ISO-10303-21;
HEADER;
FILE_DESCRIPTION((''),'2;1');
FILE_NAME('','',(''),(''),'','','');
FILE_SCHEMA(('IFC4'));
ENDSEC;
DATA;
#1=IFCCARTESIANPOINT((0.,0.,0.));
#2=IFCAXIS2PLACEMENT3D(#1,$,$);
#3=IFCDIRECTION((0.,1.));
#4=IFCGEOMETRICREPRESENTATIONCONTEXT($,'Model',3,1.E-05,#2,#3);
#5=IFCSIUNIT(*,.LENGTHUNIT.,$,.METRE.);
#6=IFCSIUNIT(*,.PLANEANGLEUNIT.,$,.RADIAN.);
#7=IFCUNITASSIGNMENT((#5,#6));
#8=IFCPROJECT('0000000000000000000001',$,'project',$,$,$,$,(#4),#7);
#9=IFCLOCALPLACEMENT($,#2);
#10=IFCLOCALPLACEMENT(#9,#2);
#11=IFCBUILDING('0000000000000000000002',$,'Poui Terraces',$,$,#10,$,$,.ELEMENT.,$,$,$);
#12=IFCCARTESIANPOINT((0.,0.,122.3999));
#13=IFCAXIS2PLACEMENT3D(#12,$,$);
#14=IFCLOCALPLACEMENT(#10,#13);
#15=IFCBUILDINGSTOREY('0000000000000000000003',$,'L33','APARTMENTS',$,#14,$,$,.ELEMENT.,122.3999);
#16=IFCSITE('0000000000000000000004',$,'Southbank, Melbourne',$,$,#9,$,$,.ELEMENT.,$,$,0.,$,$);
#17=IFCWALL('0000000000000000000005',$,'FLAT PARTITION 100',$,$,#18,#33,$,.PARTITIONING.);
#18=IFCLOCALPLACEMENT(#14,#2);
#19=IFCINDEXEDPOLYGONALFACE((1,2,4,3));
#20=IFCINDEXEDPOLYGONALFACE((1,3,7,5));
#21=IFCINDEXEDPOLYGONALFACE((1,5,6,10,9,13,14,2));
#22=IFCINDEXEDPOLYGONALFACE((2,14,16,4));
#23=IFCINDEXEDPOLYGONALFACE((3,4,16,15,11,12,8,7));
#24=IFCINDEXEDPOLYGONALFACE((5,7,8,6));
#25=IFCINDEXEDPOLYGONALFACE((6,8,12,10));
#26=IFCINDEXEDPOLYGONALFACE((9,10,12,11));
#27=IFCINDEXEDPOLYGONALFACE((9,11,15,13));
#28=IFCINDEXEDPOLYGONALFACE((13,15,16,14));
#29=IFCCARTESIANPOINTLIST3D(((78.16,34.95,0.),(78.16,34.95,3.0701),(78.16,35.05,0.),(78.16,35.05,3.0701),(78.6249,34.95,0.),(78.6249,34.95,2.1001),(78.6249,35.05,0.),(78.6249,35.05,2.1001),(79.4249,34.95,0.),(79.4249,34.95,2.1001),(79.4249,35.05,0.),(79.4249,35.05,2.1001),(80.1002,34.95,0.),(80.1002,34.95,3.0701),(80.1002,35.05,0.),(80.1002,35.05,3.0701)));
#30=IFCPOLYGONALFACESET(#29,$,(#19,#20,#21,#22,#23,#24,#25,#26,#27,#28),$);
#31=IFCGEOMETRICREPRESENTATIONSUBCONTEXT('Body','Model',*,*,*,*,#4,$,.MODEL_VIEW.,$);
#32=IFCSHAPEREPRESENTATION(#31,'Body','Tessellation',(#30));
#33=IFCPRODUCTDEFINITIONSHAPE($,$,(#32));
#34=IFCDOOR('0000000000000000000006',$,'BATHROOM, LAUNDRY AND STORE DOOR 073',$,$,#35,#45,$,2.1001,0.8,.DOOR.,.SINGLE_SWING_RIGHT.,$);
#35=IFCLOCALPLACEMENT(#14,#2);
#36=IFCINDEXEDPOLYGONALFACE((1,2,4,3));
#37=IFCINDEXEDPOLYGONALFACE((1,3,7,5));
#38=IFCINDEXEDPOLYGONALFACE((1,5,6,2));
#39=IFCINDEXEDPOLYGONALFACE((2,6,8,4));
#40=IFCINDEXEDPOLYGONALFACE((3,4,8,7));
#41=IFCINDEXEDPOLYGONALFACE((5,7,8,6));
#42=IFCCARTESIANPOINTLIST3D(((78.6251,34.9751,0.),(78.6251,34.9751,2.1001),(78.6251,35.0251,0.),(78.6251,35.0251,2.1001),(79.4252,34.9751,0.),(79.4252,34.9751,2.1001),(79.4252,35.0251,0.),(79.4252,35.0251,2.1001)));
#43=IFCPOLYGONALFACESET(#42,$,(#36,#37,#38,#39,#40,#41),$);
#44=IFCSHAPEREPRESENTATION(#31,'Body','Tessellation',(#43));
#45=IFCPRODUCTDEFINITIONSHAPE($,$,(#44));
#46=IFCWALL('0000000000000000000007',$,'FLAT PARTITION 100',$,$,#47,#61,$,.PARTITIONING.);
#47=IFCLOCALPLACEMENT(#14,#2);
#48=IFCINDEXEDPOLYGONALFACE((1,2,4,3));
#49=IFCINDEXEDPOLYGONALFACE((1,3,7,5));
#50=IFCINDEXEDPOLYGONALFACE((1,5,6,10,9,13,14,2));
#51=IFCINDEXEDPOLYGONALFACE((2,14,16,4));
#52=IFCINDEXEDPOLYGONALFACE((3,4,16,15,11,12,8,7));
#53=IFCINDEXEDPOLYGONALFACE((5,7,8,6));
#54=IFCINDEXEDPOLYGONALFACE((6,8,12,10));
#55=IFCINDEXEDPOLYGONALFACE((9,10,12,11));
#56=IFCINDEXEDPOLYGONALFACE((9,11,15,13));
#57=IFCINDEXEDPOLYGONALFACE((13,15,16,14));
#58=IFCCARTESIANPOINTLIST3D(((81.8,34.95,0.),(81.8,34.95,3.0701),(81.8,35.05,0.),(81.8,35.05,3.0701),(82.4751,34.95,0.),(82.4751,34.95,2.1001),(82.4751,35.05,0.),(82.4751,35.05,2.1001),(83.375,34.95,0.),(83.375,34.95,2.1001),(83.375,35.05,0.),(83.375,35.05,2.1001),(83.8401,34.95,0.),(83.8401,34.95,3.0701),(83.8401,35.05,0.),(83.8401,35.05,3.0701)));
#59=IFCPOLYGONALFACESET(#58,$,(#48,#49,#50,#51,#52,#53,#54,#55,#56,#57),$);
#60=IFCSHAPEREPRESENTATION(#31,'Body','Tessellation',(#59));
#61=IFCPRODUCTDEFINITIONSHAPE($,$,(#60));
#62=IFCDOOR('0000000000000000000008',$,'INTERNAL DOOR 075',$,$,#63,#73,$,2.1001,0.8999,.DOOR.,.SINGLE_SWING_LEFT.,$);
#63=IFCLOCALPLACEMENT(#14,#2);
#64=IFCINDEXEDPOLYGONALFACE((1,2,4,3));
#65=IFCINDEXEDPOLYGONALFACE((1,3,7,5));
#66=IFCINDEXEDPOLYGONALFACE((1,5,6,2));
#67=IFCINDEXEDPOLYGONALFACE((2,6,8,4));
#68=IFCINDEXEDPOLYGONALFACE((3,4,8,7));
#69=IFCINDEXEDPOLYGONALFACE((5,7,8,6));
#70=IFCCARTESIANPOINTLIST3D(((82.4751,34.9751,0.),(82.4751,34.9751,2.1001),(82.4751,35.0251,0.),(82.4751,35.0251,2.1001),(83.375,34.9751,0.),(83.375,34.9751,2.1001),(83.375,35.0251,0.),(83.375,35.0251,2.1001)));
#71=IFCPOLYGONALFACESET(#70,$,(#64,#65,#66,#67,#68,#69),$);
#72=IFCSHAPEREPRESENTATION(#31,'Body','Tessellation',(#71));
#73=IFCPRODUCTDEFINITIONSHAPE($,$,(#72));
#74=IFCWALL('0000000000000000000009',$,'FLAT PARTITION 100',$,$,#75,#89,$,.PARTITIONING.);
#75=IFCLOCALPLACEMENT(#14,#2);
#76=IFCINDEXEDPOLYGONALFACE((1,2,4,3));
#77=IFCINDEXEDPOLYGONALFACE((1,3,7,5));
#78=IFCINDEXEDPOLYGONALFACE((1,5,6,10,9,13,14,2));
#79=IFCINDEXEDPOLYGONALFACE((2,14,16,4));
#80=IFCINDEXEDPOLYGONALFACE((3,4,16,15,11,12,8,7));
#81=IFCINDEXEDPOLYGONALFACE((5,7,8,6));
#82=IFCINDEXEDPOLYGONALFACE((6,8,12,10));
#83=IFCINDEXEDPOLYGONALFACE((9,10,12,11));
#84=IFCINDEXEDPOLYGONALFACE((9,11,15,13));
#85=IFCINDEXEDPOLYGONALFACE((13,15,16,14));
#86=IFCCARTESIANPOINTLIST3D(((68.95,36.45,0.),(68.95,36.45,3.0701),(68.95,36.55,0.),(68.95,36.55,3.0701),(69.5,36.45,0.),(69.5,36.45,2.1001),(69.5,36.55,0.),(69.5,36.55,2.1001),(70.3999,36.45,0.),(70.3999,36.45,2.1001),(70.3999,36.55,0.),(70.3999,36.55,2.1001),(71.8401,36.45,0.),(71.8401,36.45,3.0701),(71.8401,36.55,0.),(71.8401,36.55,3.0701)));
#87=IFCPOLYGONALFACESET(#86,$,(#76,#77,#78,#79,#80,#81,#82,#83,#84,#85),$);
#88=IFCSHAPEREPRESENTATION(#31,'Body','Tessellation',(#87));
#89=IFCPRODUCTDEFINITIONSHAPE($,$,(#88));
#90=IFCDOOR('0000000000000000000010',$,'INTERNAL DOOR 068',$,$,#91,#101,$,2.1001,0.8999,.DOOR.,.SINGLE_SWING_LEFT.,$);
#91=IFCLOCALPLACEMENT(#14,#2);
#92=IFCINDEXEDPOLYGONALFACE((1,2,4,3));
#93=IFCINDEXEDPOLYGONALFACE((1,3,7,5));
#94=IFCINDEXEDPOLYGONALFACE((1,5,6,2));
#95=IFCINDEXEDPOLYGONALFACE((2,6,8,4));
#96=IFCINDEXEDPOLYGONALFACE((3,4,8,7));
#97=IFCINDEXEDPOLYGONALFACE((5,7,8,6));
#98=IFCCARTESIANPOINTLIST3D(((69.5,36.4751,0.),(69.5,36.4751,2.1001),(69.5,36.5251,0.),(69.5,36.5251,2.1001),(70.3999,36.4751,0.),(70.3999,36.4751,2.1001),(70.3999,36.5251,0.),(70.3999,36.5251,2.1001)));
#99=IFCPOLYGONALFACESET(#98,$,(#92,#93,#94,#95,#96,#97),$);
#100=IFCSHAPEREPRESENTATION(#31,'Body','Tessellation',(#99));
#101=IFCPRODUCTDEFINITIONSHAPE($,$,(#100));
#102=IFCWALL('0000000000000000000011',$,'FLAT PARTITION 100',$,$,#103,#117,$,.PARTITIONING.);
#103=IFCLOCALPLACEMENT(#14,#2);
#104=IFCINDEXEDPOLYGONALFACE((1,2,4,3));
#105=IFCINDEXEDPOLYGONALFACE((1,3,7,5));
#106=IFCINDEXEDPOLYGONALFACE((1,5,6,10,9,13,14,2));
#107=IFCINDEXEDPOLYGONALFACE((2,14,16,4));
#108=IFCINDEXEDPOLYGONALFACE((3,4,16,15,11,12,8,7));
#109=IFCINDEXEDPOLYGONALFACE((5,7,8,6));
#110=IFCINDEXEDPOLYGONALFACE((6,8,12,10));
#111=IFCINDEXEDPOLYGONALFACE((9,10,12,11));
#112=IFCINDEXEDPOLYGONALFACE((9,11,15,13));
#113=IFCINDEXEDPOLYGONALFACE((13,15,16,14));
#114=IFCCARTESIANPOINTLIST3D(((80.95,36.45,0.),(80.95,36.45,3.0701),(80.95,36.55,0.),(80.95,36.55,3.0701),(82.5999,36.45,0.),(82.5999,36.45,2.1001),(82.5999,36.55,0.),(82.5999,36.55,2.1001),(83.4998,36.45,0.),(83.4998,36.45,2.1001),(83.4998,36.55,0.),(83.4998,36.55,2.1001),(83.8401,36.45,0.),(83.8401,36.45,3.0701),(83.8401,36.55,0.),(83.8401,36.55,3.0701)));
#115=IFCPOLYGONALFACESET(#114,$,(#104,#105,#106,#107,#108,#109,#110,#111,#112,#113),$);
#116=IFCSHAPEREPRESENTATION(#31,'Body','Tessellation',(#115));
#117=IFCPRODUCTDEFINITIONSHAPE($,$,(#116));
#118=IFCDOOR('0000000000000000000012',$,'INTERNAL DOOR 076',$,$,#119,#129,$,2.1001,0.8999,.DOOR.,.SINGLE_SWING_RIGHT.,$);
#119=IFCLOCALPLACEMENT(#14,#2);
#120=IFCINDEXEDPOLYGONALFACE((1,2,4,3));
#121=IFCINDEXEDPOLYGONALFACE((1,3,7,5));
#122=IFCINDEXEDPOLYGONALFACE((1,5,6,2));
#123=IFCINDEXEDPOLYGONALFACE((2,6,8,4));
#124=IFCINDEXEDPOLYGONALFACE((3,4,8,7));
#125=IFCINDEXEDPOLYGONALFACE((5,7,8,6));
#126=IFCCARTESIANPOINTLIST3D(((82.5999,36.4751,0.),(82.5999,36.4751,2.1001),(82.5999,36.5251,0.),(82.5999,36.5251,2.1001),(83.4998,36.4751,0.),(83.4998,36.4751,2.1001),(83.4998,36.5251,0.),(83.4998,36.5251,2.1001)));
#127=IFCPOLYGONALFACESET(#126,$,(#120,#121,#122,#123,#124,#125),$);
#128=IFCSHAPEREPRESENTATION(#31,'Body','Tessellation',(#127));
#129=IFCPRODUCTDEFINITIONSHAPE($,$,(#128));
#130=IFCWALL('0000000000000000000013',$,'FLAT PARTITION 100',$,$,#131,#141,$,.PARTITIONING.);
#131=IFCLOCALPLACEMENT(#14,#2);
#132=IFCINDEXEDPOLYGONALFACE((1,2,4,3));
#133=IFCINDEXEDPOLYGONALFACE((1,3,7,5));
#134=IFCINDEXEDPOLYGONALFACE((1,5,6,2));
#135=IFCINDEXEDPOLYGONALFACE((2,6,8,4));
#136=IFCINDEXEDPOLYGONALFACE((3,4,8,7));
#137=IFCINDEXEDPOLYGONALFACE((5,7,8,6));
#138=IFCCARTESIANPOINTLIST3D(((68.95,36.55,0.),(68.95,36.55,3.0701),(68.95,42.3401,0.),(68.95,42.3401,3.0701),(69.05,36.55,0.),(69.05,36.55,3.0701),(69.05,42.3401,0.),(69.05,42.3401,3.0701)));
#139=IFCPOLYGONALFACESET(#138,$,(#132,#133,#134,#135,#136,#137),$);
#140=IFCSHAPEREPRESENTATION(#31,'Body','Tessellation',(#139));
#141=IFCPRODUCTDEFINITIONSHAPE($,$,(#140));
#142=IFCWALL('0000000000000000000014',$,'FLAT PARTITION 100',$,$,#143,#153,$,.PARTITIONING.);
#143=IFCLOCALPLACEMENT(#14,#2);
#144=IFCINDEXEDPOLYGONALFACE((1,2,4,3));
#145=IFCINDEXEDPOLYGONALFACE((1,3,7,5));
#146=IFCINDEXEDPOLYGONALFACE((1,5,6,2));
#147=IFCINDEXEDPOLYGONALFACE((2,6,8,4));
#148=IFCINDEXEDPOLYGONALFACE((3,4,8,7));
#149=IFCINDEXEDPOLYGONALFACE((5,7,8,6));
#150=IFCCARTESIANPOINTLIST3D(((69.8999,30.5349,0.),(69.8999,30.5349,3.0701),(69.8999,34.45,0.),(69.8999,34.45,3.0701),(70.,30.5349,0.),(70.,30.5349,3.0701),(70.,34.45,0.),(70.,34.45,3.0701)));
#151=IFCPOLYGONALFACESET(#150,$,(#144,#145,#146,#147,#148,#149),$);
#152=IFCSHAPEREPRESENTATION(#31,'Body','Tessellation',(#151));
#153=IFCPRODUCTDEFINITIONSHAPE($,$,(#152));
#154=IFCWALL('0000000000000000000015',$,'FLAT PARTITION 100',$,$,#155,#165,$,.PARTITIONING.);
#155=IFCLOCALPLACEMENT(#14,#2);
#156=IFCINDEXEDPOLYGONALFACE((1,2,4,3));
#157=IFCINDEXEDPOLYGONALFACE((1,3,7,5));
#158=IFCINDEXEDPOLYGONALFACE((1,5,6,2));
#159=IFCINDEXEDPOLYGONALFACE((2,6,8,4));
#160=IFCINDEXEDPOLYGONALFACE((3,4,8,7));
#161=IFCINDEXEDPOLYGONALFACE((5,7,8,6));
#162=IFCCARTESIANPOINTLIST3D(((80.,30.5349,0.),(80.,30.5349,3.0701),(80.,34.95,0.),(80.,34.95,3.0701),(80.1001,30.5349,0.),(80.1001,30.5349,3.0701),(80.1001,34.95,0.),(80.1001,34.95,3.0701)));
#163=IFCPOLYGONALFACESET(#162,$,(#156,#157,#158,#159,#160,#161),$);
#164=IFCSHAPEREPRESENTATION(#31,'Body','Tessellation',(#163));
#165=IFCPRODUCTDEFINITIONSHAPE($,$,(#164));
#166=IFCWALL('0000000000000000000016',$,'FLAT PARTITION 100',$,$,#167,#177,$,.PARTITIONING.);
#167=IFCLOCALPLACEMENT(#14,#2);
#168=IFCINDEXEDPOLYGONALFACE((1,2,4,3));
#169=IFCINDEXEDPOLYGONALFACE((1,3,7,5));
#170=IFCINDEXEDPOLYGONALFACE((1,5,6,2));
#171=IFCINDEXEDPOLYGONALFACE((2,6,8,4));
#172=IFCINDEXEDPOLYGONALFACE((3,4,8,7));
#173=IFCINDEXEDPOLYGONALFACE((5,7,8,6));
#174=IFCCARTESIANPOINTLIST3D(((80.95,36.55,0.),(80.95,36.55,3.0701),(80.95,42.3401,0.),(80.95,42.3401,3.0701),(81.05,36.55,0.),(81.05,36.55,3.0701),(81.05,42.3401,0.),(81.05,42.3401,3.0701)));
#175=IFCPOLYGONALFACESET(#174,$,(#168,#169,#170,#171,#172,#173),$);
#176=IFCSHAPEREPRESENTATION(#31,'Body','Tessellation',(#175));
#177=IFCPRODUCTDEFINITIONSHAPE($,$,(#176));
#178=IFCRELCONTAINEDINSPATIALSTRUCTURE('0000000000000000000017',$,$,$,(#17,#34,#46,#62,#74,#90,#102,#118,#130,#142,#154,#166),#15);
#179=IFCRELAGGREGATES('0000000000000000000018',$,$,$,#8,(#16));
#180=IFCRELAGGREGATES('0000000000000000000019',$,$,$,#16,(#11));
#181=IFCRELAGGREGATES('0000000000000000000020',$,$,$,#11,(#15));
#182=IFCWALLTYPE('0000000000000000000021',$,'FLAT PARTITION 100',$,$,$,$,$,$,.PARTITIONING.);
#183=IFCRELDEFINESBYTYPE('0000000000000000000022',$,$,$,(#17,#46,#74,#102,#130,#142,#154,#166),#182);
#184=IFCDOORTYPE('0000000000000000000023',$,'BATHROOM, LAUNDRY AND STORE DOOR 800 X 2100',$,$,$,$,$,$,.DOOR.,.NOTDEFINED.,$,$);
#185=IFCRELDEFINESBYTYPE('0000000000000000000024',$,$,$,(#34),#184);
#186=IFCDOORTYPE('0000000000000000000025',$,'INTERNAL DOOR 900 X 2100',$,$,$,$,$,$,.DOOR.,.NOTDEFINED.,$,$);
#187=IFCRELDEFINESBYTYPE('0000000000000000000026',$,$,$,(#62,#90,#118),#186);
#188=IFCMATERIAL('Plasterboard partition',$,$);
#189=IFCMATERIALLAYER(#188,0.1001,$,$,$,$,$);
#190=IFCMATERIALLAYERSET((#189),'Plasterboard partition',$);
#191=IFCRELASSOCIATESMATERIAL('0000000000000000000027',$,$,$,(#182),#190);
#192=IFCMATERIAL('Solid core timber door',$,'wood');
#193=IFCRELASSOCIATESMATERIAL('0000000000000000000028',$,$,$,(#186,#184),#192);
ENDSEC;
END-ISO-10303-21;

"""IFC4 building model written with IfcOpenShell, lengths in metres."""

from ifc_helpers import new_model, si_unit, direction, frame, frame_2d, origin, place, context, subcontext, project, spatial, rectangle, extrude, material, layer, layer_set, type_object, element, fill, save


model = new_model("IFC4")

# Units and contexts
model_context = context("Model", 3, precision=1e-05, world=origin(), true_north=direction((0.0, 1.0)))
body_context = subcontext(model_context, "Body", "Model", "MODEL_VIEW")
ifc_project = project(units=[si_unit("LENGTHUNIT", "METRE"), si_unit("PLANEANGLEUNIT", "RADIAN")], contexts=[model_context])

# Site, building, storey
site_placement = place(None, origin())
site = spatial("IfcSite", under=ifc_project, at=site_placement, Name="Southbank, Melbourne", CompositionType="ELEMENT", RefElevation=0.0)
building_placement = place(site_placement, origin())
building = spatial("IfcBuilding", under=site, at=building_placement, Name="Poui Terraces", CompositionType="ELEMENT")
storey_placement = place(building_placement, frame((0.0, 0.0, 122.3999)))
storey = spatial("IfcBuildingStorey", under=building, at=storey_placement, Name="L33", Description="APARTMENTS", CompositionType="ELEMENT", Elevation=122.3999)

# Walls, openings, doors
ifc_material_1 = material(Name="Plasterboard partition")
ifc_layer_1 = layer(ifc_material_1, 0.1001)
ifc_layer_set_1 = layer_set([ifc_layer_1], Name="Plasterboard partition")
wall_type_1 = type_object("IfcWallType", Name="FLAT PARTITION 100", PredefinedType="PARTITIONING", material=ifc_layer_set_1)
ifc_material_2 = material(Name="Solid core timber door", Category="wood")
door_type_1 = type_object("IfcDoorType", Name="INTERNAL DOOR 900 X 2100", OperationType="NOTDEFINED", PredefinedType="DOOR", material=ifc_material_2)
door_type_2 = type_object("IfcDoorType", Name="BATHROOM, LAUNDRY AND STORE DOOR 800 X 2100", OperationType="NOTDEFINED", PredefinedType="DOOR", material=ifc_material_2)
wall_1_placement = place(storey_placement, frame((78.1599, 35.0, 0.0), z_axis=(0.0, 0.0, 1.0), x_axis=(1.0, 0.0, 0.0)))
wall_1 = element("IfcWall", 1, at=wall_1_placement, inside=storey, type_object=wall_type_1, Name="FLAT PARTITION 100", PredefinedType="PARTITIONING", context=body_context, shape_type="SweptSolid", body=[
    extrude(rectangle(XDim=1.9402, YDim=0.1001, at=frame_2d((0.9702, 0.0))), origin(), (0.0, 0.0, 1.0), 3.0701),
])
opening_1_placement = place(wall_1_placement, frame((0.4651, 0.0, 0.0)))
opening_1 = element("IfcOpeningElement", 2, at=opening_1_placement, cuts=wall_1, PredefinedType="OPENING", context=body_context, shape_type="SweptSolid", body=[
    extrude(rectangle(XDim=0.8, YDim=2.1001, at=frame_2d((0.3999, 1.05))), frame((0.0, 0.0601, 0.0), z_axis=(0.0, -1.0, 0.0), x_axis=(1.0, 0.0, 0.0)), (0.0, 0.0, 1.0), 0.1201),
])
door_1_placement = place(opening_1_placement, frame((0.8, 0.0, 0.0), z_axis=(0.0, 0.0, 1.0), x_axis=(-1.0, 0.0, 0.0)))
door_1 = element("IfcDoor", 3, at=door_1_placement, inside=storey, type_object=door_type_2, Name="BATHROOM, LAUNDRY AND STORE DOOR 073", OperationType="SINGLE_SWING_RIGHT", OverallHeight=2.1001, OverallWidth=0.8, PredefinedType="DOOR", context=body_context, shape_type="SweptSolid", body=[
    extrude(rectangle(XDim=0.8, YDim=2.1001, at=frame_2d((0.3999, 1.05))), frame((0.0, 0.0249, 0.0), z_axis=(0.0, -1.0, 0.0), x_axis=(1.0, 0.0, 0.0)), (0.0, 0.0, 1.0), 0.05),
])
fill(opening_1, door_1)
wall_2_placement = place(storey_placement, frame((81.8, 35.0, 0.0), z_axis=(0.0, 0.0, 1.0), x_axis=(1.0, 0.0, 0.0)))
wall_2 = element("IfcWall", 4, at=wall_2_placement, inside=storey, type_object=wall_type_1, Name="FLAT PARTITION 100", PredefinedType="PARTITIONING", context=body_context, shape_type="SweptSolid", body=[
    extrude(rectangle(XDim=2.04, YDim=0.1001, at=frame_2d((1.02, 0.0))), origin(), (0.0, 0.0, 1.0), 3.0701),
])
opening_2_placement = place(wall_2_placement, frame((0.675, 0.0, 0.0)))
opening_2 = element("IfcOpeningElement", 5, at=opening_2_placement, cuts=wall_2, PredefinedType="OPENING", context=body_context, shape_type="SweptSolid", body=[
    extrude(rectangle(XDim=0.8999, YDim=2.1001, at=frame_2d((0.45, 1.05))), frame((0.0, 0.0601, 0.0), z_axis=(0.0, -1.0, 0.0), x_axis=(1.0, 0.0, 0.0)), (0.0, 0.0, 1.0), 0.1201),
])
door_2_placement = place(opening_2_placement, frame((0.8999, 0.0, 0.0), z_axis=(0.0, 0.0, 1.0), x_axis=(-1.0, 0.0, 0.0)))
door_2 = element("IfcDoor", 6, at=door_2_placement, inside=storey, type_object=door_type_1, Name="INTERNAL DOOR 075", OperationType="SINGLE_SWING_LEFT", OverallHeight=2.1001, OverallWidth=0.8999, PredefinedType="DOOR", context=body_context, shape_type="SweptSolid", body=[
    extrude(rectangle(XDim=0.8999, YDim=2.1001, at=frame_2d((0.45, 1.05))), frame((0.0, 0.0249, 0.0), z_axis=(0.0, -1.0, 0.0), x_axis=(1.0, 0.0, 0.0)), (0.0, 0.0, 1.0), 0.05),
])
fill(opening_2, door_2)
wall_3_placement = place(storey_placement, frame((68.95, 36.5, 0.0), z_axis=(0.0, 0.0, 1.0), x_axis=(1.0, 0.0, 0.0)))
wall_3 = element("IfcWall", 7, at=wall_3_placement, inside=storey, type_object=wall_type_1, Name="FLAT PARTITION 100", PredefinedType="PARTITIONING", context=body_context, shape_type="SweptSolid", body=[
    extrude(rectangle(XDim=2.8901, YDim=0.1001, at=frame_2d((1.4451, 0.0))), origin(), (0.0, 0.0, 1.0), 3.0701),
])
opening_3_placement = place(wall_3_placement, frame((0.55, 0.0, 0.0)))
opening_3 = element("IfcOpeningElement", 8, at=opening_3_placement, cuts=wall_3, PredefinedType="OPENING", context=body_context, shape_type="SweptSolid", body=[
    extrude(rectangle(XDim=0.8999, YDim=2.1001, at=frame_2d((0.45, 1.05))), frame((0.0, 0.0601, 0.0), z_axis=(0.0, -1.0, 0.0), x_axis=(1.0, 0.0, 0.0)), (0.0, 0.0, 1.0), 0.1201),
])
door_3_placement = place(opening_3_placement, frame((0.8999, 0.0, 0.0), z_axis=(0.0, 0.0, 1.0), x_axis=(-1.0, 0.0, 0.0)))
door_3 = element("IfcDoor", 9, at=door_3_placement, inside=storey, type_object=door_type_1, Name="INTERNAL DOOR 068", OperationType="SINGLE_SWING_LEFT", OverallHeight=2.1001, OverallWidth=0.8999, PredefinedType="DOOR", context=body_context, shape_type="SweptSolid", body=[
    extrude(rectangle(XDim=0.8999, YDim=2.1001, at=frame_2d((0.45, 1.05))), frame((0.0, 0.0249, 0.0), z_axis=(0.0, -1.0, 0.0), x_axis=(1.0, 0.0, 0.0)), (0.0, 0.0, 1.0), 0.05),
])
fill(opening_3, door_3)
wall_4_placement = place(storey_placement, frame((80.95, 36.5, 0.0), z_axis=(0.0, 0.0, 1.0), x_axis=(1.0, 0.0, 0.0)))
wall_4 = element("IfcWall", 10, at=wall_4_placement, inside=storey, type_object=wall_type_1, Name="FLAT PARTITION 100", PredefinedType="PARTITIONING", context=body_context, shape_type="SweptSolid", body=[
    extrude(rectangle(XDim=2.8901, YDim=0.1001, at=frame_2d((1.4451, 0.0))), origin(), (0.0, 0.0, 1.0), 3.0701),
])
opening_4_placement = place(wall_4_placement, frame((1.6499, 0.0, 0.0)))
opening_4 = element("IfcOpeningElement", 11, at=opening_4_placement, cuts=wall_4, PredefinedType="OPENING", context=body_context, shape_type="SweptSolid", body=[
    extrude(rectangle(XDim=0.8999, YDim=2.1001, at=frame_2d((0.45, 1.05))), frame((0.0, 0.0601, 0.0), z_axis=(0.0, -1.0, 0.0), x_axis=(1.0, 0.0, 0.0)), (0.0, 0.0, 1.0), 0.1201),
])
door_4_placement = place(opening_4_placement, frame((0.8999, 0.0, 0.0), z_axis=(0.0, 0.0, 1.0), x_axis=(-1.0, 0.0, 0.0)))
door_4 = element("IfcDoor", 12, at=door_4_placement, inside=storey, type_object=door_type_1, Name="INTERNAL DOOR 076", OperationType="SINGLE_SWING_RIGHT", OverallHeight=2.1001, OverallWidth=0.8999, PredefinedType="DOOR", context=body_context, shape_type="SweptSolid", body=[
    extrude(rectangle(XDim=0.8999, YDim=2.1001, at=frame_2d((0.45, 1.05))), frame((0.0, 0.0249, 0.0), z_axis=(0.0, -1.0, 0.0), x_axis=(1.0, 0.0, 0.0)), (0.0, 0.0, 1.0), 0.05),
])
fill(opening_4, door_4)

# Walls
wall_5_placement = place(storey_placement, frame((69.0, 36.55, 0.0), z_axis=(0.0, 0.0, 1.0), x_axis=(0.0, 1.0, 0.0)))
element("IfcWall", 13, at=wall_5_placement, inside=storey, type_object=wall_type_1, Name="FLAT PARTITION 100", PredefinedType="PARTITIONING", context=body_context, shape_type="SweptSolid", body=[
    extrude(rectangle(XDim=5.79, YDim=0.1001, at=frame_2d((2.895, 0.0))), origin(), (0.0, 0.0, 1.0), 3.0701),
])
wall_6_placement = place(storey_placement, frame((69.95, 30.5349, 0.0), z_axis=(0.0, 0.0, 1.0), x_axis=(0.0, 1.0, 0.0)))
element("IfcWall", 14, at=wall_6_placement, inside=storey, type_object=wall_type_1, Name="FLAT PARTITION 100", PredefinedType="PARTITIONING", context=body_context, shape_type="SweptSolid", body=[
    extrude(rectangle(XDim=3.915, YDim=0.1001, at=frame_2d((1.9575, 0.0))), origin(), (0.0, 0.0, 1.0), 3.0701),
])
wall_7_placement = place(storey_placement, frame((80.05, 30.5349, 0.0), z_axis=(0.0, 0.0, 1.0), x_axis=(0.0, 1.0, 0.0)))
element("IfcWall", 15, at=wall_7_placement, inside=storey, type_object=wall_type_1, Name="FLAT PARTITION 100", PredefinedType="PARTITIONING", context=body_context, shape_type="SweptSolid", body=[
    extrude(rectangle(XDim=4.415, YDim=0.1001, at=frame_2d((2.2075, 0.0))), origin(), (0.0, 0.0, 1.0), 3.0701),
])
wall_8_placement = place(storey_placement, frame((81.0, 36.55, 0.0), z_axis=(0.0, 0.0, 1.0), x_axis=(0.0, 1.0, 0.0)))
element("IfcWall", 16, at=wall_8_placement, inside=storey, type_object=wall_type_1, Name="FLAT PARTITION 100", PredefinedType="PARTITIONING", context=body_context, shape_type="SweptSolid", body=[
    extrude(rectangle(XDim=5.79, YDim=0.1001, at=frame_2d((2.895, 0.0))), origin(), (0.0, 0.0, 1.0), 3.0701),
])

save(model, "model.ifc")
